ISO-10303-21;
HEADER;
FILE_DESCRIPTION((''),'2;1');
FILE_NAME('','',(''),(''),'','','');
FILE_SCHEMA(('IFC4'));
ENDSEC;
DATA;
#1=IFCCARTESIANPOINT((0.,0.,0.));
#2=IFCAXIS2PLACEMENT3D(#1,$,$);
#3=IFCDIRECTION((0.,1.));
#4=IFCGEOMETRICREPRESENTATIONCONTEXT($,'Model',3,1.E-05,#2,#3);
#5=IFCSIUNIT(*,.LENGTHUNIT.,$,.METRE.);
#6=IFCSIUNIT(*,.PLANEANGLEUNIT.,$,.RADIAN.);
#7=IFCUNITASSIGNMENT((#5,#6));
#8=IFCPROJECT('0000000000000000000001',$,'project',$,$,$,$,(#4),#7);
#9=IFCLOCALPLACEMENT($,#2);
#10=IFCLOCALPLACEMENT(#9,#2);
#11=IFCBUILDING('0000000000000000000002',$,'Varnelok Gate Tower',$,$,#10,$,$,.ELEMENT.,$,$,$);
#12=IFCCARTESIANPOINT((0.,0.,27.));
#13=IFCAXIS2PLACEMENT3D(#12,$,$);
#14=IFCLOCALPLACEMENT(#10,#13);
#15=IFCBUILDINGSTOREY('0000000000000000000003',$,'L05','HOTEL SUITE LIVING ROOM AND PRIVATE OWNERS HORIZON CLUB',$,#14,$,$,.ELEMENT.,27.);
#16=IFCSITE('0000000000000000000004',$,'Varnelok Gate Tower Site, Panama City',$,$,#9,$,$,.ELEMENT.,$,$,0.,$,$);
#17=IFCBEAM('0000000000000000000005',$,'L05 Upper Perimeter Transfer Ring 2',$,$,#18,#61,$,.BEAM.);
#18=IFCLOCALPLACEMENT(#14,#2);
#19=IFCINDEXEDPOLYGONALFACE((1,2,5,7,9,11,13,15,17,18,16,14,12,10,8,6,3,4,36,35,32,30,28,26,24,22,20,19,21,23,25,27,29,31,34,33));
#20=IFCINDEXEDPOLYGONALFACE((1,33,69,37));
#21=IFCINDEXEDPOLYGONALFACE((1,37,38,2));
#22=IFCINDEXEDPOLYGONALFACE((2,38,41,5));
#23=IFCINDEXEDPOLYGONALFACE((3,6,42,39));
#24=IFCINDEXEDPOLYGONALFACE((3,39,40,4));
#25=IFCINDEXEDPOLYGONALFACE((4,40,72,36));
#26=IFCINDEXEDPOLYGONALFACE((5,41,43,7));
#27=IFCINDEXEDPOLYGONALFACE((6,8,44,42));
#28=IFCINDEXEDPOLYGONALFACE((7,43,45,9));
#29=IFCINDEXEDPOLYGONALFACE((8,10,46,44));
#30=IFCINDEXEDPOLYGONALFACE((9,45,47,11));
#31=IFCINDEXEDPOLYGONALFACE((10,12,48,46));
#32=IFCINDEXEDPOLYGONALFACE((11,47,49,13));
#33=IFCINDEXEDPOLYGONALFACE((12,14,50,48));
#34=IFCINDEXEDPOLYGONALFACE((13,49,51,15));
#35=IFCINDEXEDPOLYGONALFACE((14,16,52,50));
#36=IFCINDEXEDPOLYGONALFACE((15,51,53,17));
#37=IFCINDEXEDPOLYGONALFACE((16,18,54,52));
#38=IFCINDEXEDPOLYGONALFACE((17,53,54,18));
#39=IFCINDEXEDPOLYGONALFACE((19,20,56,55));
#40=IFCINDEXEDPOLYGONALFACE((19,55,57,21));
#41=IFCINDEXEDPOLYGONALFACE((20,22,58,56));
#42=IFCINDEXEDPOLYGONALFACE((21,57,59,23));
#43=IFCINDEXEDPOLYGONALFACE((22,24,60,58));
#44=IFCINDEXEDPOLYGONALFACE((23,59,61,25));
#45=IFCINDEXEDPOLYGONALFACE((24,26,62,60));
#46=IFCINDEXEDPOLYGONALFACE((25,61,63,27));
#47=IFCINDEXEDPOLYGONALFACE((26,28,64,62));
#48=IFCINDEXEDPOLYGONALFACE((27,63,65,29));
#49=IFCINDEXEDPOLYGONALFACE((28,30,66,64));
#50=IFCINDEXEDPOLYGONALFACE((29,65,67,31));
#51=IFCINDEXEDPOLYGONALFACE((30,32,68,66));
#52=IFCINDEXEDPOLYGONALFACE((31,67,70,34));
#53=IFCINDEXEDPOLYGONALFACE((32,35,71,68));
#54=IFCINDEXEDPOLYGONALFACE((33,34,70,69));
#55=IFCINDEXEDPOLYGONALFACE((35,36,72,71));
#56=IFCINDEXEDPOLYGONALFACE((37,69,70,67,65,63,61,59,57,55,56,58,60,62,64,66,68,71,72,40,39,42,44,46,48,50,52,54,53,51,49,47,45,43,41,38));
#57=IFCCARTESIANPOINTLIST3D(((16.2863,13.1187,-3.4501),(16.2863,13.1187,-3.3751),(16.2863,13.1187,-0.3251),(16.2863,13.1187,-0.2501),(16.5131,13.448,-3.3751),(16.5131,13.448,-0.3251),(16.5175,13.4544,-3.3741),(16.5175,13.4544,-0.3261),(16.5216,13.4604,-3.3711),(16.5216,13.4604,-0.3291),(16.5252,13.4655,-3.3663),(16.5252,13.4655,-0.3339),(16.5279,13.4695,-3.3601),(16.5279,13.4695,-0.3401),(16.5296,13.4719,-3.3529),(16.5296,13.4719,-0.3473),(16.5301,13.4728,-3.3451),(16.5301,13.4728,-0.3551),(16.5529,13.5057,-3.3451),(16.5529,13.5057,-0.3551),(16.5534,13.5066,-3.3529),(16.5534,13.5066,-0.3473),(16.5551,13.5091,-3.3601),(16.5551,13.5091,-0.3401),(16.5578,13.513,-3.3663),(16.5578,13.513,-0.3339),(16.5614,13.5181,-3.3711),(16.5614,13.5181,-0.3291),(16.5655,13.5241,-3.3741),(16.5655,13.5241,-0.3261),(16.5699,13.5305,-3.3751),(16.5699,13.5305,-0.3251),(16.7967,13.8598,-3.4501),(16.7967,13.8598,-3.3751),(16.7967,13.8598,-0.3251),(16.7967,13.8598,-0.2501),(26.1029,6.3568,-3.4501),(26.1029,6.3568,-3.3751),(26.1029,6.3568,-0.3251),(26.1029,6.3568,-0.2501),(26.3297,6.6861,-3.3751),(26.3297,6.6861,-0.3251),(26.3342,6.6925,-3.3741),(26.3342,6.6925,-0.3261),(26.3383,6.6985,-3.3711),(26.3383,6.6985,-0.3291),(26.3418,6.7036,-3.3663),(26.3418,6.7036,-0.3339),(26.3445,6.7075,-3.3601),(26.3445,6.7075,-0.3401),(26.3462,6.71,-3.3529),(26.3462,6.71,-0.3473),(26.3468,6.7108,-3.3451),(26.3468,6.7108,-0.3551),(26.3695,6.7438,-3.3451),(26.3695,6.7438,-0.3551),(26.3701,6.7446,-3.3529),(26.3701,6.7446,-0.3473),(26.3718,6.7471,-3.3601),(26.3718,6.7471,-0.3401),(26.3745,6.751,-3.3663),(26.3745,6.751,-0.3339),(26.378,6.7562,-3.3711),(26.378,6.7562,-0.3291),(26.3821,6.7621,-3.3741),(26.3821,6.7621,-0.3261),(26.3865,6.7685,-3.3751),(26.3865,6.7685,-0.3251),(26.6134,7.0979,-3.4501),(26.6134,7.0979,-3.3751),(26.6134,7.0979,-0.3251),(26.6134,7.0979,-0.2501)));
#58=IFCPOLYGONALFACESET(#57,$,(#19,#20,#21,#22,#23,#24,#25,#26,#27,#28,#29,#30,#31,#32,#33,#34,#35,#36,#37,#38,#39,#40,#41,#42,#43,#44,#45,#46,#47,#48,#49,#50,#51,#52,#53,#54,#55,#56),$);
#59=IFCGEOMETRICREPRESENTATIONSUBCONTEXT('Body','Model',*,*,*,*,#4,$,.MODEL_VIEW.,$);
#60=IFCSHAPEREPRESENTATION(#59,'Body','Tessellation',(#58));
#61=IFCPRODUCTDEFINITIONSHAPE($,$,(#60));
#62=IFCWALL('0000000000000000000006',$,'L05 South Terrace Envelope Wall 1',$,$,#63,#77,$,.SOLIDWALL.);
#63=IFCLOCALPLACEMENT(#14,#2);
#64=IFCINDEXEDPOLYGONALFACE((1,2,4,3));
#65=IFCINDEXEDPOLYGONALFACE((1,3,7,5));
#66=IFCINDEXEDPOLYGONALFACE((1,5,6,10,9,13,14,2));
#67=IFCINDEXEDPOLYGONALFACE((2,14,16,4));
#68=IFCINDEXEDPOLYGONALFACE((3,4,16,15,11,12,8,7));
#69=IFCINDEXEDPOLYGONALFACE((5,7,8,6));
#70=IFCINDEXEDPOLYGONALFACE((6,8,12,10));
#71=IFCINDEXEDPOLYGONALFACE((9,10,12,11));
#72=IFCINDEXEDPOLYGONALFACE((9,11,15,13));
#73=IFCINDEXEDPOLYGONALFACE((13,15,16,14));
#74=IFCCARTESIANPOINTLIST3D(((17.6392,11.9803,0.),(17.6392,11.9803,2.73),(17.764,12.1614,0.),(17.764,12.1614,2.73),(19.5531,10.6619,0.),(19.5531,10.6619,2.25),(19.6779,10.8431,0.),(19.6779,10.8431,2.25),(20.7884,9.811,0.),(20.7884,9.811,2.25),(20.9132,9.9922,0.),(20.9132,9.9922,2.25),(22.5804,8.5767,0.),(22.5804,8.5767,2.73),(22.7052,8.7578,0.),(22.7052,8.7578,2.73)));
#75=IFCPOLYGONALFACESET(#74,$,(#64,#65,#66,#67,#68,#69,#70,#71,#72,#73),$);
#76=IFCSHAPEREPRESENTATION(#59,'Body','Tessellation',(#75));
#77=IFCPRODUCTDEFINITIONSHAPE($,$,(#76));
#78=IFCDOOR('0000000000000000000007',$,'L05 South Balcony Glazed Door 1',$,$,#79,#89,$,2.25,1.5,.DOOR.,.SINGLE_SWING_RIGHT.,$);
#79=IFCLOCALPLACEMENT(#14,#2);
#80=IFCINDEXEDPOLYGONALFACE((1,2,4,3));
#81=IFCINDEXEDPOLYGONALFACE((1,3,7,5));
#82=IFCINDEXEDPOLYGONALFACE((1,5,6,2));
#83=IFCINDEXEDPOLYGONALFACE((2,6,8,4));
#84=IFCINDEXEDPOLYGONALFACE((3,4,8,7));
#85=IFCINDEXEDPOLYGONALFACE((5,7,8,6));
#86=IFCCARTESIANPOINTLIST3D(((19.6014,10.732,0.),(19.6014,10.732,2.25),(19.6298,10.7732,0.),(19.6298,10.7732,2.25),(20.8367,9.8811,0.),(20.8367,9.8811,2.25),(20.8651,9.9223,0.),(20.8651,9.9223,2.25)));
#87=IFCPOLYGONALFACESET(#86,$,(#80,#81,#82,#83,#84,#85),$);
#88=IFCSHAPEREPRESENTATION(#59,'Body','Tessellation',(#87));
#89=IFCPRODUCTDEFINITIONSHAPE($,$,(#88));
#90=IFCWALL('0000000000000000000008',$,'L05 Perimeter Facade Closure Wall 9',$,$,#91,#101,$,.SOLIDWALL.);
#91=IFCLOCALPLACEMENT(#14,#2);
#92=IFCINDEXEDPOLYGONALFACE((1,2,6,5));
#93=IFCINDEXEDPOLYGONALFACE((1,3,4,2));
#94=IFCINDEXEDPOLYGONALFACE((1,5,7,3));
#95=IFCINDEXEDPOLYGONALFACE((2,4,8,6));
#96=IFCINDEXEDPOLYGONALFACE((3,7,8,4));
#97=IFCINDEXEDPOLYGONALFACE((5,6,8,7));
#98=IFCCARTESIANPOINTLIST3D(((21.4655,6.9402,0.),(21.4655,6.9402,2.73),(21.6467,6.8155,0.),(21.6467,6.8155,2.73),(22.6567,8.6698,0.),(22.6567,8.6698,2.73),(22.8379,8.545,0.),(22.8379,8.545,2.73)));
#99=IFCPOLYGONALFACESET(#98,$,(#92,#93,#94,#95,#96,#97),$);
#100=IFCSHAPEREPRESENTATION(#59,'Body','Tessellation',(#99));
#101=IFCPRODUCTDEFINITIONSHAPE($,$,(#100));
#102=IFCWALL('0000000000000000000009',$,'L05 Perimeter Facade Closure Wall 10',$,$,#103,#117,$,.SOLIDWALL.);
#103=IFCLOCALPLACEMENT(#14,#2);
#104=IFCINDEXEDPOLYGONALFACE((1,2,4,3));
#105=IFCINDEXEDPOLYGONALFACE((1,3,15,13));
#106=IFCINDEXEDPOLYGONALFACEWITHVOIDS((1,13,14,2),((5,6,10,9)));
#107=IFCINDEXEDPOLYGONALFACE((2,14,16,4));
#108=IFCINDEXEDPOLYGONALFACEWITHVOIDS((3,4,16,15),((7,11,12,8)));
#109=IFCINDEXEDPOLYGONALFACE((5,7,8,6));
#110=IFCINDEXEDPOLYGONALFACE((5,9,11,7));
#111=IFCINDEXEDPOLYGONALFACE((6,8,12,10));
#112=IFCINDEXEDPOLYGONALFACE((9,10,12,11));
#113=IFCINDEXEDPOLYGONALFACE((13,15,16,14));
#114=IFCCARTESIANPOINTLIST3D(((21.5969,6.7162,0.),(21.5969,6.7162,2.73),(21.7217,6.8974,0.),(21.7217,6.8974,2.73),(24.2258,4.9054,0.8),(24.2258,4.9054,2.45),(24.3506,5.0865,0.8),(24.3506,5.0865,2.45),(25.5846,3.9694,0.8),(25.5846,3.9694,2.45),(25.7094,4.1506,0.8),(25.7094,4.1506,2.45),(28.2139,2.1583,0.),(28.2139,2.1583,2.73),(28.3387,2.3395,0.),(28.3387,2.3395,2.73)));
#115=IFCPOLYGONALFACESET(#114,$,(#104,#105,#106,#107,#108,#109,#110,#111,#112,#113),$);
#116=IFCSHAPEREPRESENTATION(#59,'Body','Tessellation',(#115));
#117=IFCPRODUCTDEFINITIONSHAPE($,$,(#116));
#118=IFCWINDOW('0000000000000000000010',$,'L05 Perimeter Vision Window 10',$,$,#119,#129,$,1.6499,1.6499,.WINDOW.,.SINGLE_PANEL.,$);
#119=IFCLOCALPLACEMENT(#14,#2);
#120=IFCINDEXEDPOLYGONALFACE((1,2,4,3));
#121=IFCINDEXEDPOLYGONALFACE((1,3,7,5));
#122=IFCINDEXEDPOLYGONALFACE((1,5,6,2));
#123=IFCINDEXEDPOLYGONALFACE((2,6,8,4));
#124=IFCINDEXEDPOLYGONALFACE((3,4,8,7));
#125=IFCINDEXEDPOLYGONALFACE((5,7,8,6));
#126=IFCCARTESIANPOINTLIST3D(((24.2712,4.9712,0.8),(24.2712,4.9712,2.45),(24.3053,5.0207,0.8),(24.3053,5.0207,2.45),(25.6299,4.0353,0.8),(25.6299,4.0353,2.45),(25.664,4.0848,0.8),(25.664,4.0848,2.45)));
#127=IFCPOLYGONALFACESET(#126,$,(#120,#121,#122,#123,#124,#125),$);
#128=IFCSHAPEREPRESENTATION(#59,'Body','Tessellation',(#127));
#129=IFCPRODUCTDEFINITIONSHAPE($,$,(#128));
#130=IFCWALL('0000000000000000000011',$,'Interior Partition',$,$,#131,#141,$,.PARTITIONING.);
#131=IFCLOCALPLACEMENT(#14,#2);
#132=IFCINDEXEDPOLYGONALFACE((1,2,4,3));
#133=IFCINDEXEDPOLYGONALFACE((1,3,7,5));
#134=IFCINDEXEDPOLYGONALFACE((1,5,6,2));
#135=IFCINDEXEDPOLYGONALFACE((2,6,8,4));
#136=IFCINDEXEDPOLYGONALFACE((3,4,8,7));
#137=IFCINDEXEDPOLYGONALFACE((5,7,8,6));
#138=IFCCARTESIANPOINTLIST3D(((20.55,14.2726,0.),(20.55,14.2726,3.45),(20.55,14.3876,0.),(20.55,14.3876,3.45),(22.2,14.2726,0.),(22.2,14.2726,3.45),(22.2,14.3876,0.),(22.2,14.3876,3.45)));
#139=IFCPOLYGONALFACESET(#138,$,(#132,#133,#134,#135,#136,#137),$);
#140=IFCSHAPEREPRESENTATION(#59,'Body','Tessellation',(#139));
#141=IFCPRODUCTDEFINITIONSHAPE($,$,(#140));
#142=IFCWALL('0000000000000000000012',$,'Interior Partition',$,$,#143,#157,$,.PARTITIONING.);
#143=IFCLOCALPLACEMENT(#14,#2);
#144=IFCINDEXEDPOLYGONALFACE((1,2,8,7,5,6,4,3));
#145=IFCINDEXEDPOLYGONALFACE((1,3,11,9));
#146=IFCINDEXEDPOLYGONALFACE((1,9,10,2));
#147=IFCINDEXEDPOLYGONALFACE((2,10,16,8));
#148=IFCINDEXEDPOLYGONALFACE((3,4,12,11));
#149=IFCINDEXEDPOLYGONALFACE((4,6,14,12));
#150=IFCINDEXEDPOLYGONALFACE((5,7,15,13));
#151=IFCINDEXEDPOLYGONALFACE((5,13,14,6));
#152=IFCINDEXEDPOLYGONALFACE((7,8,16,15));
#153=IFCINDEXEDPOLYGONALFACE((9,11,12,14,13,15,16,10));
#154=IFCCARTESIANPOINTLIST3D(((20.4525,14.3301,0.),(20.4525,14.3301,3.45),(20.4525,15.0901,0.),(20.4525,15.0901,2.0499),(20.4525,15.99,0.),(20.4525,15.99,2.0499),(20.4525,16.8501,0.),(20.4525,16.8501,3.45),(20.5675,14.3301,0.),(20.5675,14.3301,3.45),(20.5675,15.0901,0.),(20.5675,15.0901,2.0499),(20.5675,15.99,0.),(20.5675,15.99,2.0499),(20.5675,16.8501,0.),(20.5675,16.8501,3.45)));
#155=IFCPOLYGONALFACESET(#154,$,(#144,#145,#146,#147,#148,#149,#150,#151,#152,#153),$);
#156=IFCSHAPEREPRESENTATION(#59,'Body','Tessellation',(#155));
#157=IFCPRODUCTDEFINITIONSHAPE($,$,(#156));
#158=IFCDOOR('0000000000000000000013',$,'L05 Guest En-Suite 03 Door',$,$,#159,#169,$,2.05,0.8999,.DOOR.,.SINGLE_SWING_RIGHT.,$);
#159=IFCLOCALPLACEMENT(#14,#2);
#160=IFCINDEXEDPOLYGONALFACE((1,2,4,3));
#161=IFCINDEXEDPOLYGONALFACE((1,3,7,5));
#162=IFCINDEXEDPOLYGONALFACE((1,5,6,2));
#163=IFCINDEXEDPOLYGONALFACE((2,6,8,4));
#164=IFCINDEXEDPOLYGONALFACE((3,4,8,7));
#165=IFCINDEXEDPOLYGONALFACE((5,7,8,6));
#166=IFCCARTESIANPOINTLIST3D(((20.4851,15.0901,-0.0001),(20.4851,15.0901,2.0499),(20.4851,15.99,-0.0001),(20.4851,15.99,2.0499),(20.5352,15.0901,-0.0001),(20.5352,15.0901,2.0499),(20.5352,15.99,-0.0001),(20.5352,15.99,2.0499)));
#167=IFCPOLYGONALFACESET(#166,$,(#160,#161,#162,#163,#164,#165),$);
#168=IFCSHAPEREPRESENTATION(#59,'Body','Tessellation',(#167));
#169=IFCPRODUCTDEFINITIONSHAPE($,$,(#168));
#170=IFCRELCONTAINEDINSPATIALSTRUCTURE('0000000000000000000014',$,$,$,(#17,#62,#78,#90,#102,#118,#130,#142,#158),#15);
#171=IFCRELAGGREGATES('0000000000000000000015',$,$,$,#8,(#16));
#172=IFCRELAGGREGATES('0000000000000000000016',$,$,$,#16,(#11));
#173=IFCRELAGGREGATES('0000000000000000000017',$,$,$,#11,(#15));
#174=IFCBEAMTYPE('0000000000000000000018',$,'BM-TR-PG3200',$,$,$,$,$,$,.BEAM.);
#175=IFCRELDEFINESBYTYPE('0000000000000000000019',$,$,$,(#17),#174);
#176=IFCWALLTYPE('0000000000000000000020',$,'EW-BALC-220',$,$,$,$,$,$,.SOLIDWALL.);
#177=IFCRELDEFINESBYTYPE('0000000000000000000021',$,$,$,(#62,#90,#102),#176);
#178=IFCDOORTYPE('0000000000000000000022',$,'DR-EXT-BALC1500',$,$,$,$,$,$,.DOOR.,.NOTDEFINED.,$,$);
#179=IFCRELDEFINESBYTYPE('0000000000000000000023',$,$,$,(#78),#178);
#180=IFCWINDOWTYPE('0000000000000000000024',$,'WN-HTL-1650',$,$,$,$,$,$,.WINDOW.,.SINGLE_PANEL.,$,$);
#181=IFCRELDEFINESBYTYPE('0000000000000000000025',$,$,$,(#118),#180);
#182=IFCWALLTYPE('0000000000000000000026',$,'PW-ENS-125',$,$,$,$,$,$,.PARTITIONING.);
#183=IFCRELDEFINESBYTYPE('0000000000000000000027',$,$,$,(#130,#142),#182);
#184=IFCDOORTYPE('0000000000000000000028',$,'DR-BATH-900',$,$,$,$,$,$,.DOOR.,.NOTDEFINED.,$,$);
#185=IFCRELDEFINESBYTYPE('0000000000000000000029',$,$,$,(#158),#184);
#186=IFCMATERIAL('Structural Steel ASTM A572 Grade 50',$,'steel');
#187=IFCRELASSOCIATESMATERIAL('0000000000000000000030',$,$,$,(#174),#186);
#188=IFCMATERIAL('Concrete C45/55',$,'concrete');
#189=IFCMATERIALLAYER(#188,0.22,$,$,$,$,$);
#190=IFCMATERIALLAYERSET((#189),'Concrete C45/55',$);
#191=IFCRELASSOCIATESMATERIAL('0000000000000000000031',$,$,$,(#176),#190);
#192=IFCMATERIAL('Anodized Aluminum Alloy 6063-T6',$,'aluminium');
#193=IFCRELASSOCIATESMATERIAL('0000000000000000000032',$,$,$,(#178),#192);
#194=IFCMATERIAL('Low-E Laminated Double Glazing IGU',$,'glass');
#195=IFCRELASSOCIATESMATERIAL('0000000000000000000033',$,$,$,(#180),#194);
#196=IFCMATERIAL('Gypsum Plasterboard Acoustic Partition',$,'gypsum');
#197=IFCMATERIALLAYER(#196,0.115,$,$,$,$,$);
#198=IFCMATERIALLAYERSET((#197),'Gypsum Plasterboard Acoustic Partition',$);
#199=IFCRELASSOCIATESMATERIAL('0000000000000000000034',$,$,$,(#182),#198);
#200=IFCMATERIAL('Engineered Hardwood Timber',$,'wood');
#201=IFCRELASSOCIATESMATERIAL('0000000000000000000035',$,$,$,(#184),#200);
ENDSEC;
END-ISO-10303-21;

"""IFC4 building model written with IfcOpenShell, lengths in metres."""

from ifc_helpers import new_model, si_unit, direction, frame, frame_2d, origin, origin_2d, place, context, subcontext, project, spatial, rectangle, i_section, extrude, material, layer, layer_set, material_profile, profile_set, type_object, element, fill, save


model = new_model("IFC4")

# Units and contexts
model_context = context("Model", 3, precision=1e-05, world=origin(), true_north=direction((0.0, 1.0)))
body_context = subcontext(model_context, "Body", "Model", "MODEL_VIEW")
ifc_project = project(units=[si_unit("LENGTHUNIT", "METRE"), si_unit("PLANEANGLEUNIT", "RADIAN")], contexts=[model_context])

# Site, building, storey
site_placement = place(None, origin())
site = spatial("IfcSite", under=ifc_project, at=site_placement, Name="Varnelok Gate Tower Site, Panama City", CompositionType="ELEMENT", RefElevation=0.0)
building_placement = place(site_placement, origin())
building = spatial("IfcBuilding", under=site, at=building_placement, Name="Varnelok Gate Tower", CompositionType="ELEMENT")
storey_placement = place(building_placement, frame((0.0, 0.0, 27.0)))
storey = spatial("IfcBuildingStorey", under=building, at=storey_placement, Name="L05", Description="HOTEL SUITE LIVING ROOM AND PRIVATE OWNERS HORIZON CLUB", CompositionType="ELEMENT", Elevation=27.0)

# Beam
ifc_material_1 = material(Name="Structural Steel ASTM A572 Grade 50", Category="steel")
ifc_material_profile_1 = material_profile(ifc_material_1, i_section(OverallWidth=0.8999, OverallDepth=3.2, WebThickness=0.04, FlangeThickness=0.075, FilletRadius=0.03, at=origin_2d()), Name="PG3200X900")
ifc_profile_set_1 = profile_set([ifc_material_profile_1], Name="Structural Steel ASTM A572 Grade 50")
beam_type = type_object("IfcBeamType", Name="BM-TR-PG3200", PredefinedType="BEAM", material=ifc_profile_set_1)
beam_1_placement = place(storey_placement, frame((16.5415, 13.4893, -1.8501), z_axis=(0.823532, -0.56727, 0.0), x_axis=(0.56727, 0.823532, 0.0)))
element("IfcBeam", 1, at=beam_1_placement, inside=storey, type_object=beam_type, Name="L05 Upper Perimeter Transfer Ring 2", PredefinedType="BEAM", context=body_context, shape_type="SweptSolid", body=[
    extrude(i_section(OverallWidth=0.8999, OverallDepth=3.2, WebThickness=0.04, FlangeThickness=0.075, FilletRadius=0.03, at=origin_2d()), origin(), (0.0, 0.0, 1.0), 11.9202),
])

# Wall, opening, door
ifc_material_2 = material(Name="Concrete C45/55", Category="concrete")
ifc_layer_1 = layer(ifc_material_2, 0.22)
ifc_layer_set_1 = layer_set([ifc_layer_1], Name="Concrete C45/55")
wall_type_1 = type_object("IfcWallType", Name="EW-BALC-220", PredefinedType="SOLIDWALL", material=ifc_layer_set_1)
wall_1_placement = place(storey_placement, frame((22.6428, 8.6672, 0.0), z_axis=(0.0, 0.0, 1.0), x_axis=(-0.823535, 0.567266, 0.0)))
wall_1 = element("IfcWall", 2, at=wall_1_placement, inside=storey, type_object=wall_type_1, Name="L05 South Terrace Envelope Wall 1", PredefinedType="SOLIDWALL", context=body_context, shape_type="SweptSolid", body=[
    extrude(rectangle(XDim=6.0, YDim=0.22, at=frame_2d((3.0, 0.0))), origin(), (0.0, 0.0, 1.0), 2.73),
])
opening_1_placement = place(wall_1_placement, frame((2.176, 0.0, 0.0)))
opening_1 = element("IfcOpeningElement", 3, at=opening_1_placement, cuts=wall_1, PredefinedType="OPENING", context=body_context, shape_type="SweptSolid", body=[
    extrude(rectangle(XDim=1.5, YDim=2.25, at=frame_2d((0.75, 1.125))), frame((0.0, 0.1199, 0.0), z_axis=(0.0, -1.0, 0.0), x_axis=(1.0, 0.0, 0.0)), (0.0, 0.0, 1.0), 0.24),
])
ifc_material_3 = material(Name="Anodized Aluminum Alloy 6063-T6", Category="aluminium")
door_type_1 = type_object("IfcDoorType", Name="DR-EXT-BALC1500", OperationType="NOTDEFINED", PredefinedType="DOOR", material=ifc_material_3)
door_1_placement = place(opening_1_placement, origin())
door_1 = element("IfcDoor", 4, at=door_1_placement, inside=storey, type_object=door_type_1, Name="L05 South Balcony Glazed Door 1", OperationType="SINGLE_SWING_RIGHT", OverallHeight=2.25, OverallWidth=1.5, PredefinedType="DOOR", context=body_context, shape_type="SweptSolid", body=[
    extrude(rectangle(XDim=1.5, YDim=2.25, at=frame_2d((0.75, 1.125))), frame((0.0, 0.0249, 0.0), z_axis=(0.0, -1.0, 0.0), x_axis=(1.0, 0.0, 0.0)), (0.0, 0.0, 1.0), 0.05),
])
fill(opening_1, door_1)

# Wall
wall_2_placement = place(storey_placement, frame((22.7473, 8.6074, 0.0), z_axis=(0.0, 0.0, 1.0), x_axis=(-0.567219, -0.823567, 0.0)))
element("IfcWall", 5, at=wall_2_placement, inside=storey, type_object=wall_type_1, Name="L05 Perimeter Facade Closure Wall 9", PredefinedType="SOLIDWALL", context=body_context, shape_type="SweptSolid", body=[
    extrude(rectangle(XDim=2.1001, YDim=0.22, at=frame_2d((1.05, 0.0))), origin(), (0.0, 0.0, 1.0), 2.73),
])

# Wall, opening, window
wall_3_placement = place(storey_placement, frame((21.6592, 6.8069, 0.0), z_axis=(0.0, 0.0, 1.0), x_axis=(0.823535, -0.567265, 0.0)))
wall_3 = element("IfcWall", 6, at=wall_3_placement, inside=storey, type_object=wall_type_1, Name="L05 Perimeter Facade Closure Wall 10", PredefinedType="SOLIDWALL", context=body_context, shape_type="SweptSolid", body=[
    extrude(rectangle(XDim=8.0349, YDim=0.22, at=frame_2d((4.0176, 0.0))), origin(), (0.0, 0.0, 1.0), 2.73),
])
opening_2_placement = place(wall_3_placement, frame((3.1924, 0.0, 0.8)))
opening_2 = element("IfcOpeningElement", 7, at=opening_2_placement, cuts=wall_3, PredefinedType="OPENING", context=body_context, shape_type="SweptSolid", body=[
    extrude(rectangle(XDim=1.6499, YDim=1.6499, at=frame_2d((0.825, 0.825))), frame((0.0, 0.1199, 0.0), z_axis=(0.0, -1.0, 0.0), x_axis=(1.0, 0.0, 0.0)), (0.0, 0.0, 1.0), 0.24),
])
ifc_material_4 = material(Name="Low-E Laminated Double Glazing IGU", Category="glass")
window_type = type_object("IfcWindowType", Name="WN-HTL-1650", PartitioningType="SINGLE_PANEL", PredefinedType="WINDOW", material=ifc_material_4)
window_placement = place(opening_2_placement, origin())
window = element("IfcWindow", 8, at=window_placement, inside=storey, type_object=window_type, Name="L05 Perimeter Vision Window 10", OverallHeight=1.6499, OverallWidth=1.6499, PartitioningType="SINGLE_PANEL", PredefinedType="WINDOW", context=body_context, shape_type="SweptSolid", body=[
    extrude(rectangle(XDim=1.6499, YDim=1.6499, at=frame_2d((0.825, 0.825))), frame((0.0, 0.03, 0.0), z_axis=(0.0, -1.0, 0.0), x_axis=(1.0, 0.0, 0.0)), (0.0, 0.0, 1.0), 0.0601),
])
fill(opening_2, window)

# Shared definitions
ifc_material_5 = material(Name="Gypsum Plasterboard Acoustic Partition", Category="gypsum")
ifc_material_6 = material(Name="Engineered Hardwood Timber", Category="wood")

# Wall
ifc_layer_2 = layer(ifc_material_5, 0.115)
ifc_layer_set_2 = layer_set([ifc_layer_2], Name="Gypsum Plasterboard Acoustic Partition")
wall_type_2 = type_object("IfcWallType", Name="PW-ENS-125", PredefinedType="PARTITIONING", material=ifc_layer_set_2)
wall_4_placement = place(storey_placement, frame((20.55, 14.3301, 0.0), z_axis=(0.0, 0.0, 1.0), x_axis=(1.0, 0.0, 0.0)))
element("IfcWall", 9, at=wall_4_placement, inside=storey, type_object=wall_type_2, Name="Interior Partition", PredefinedType="PARTITIONING", context=body_context, shape_type="SweptSolid", body=[
    extrude(rectangle(XDim=1.6499, YDim=0.115, at=frame_2d((0.825, 0.0))), origin(), (0.0, 0.0, 1.0), 3.45),
])

# Wall, opening, door
wall_5_placement = place(storey_placement, frame((20.51, 14.3301, 0.0), z_axis=(0.0, 0.0, 1.0), x_axis=(0.0, 1.0, 0.0)))
wall_5 = element("IfcWall", 10, at=wall_5_placement, inside=storey, type_object=wall_type_2, Name="Interior Partition", PredefinedType="PARTITIONING", context=body_context, shape_type="SweptSolid", body=[
    extrude(rectangle(XDim=2.52, YDim=0.115, at=frame_2d((1.26, 0.0))), origin(), (0.0, 0.0, 1.0), 3.45),
])
opening_3_placement = place(wall_5_placement, frame((0.76, 0.0, 0.0)))
opening_3 = element("IfcOpeningElement", 11, at=opening_3_placement, cuts=wall_5, PredefinedType="OPENING", context=body_context, shape_type="SweptSolid", body=[
    extrude(rectangle(XDim=0.8999, YDim=2.05, at=frame_2d((0.45, 1.0249))), frame((0.0, 0.0674, 0.0), z_axis=(0.0, -1.0, 0.0), x_axis=(1.0, 0.0, 0.0)), (0.0, 0.0, 1.0), 0.135),
])
door_type_2 = type_object("IfcDoorType", Name="DR-BATH-900", OperationType="NOTDEFINED", PredefinedType="DOOR", material=ifc_material_6)
door_2_placement = place(opening_3_placement, origin())
door_2 = element("IfcDoor", 12, at=door_2_placement, inside=storey, type_object=door_type_2, Name="L05 Guest En-Suite 03 Door", OperationType="SINGLE_SWING_RIGHT", OverallHeight=2.05, OverallWidth=0.8999, PredefinedType="DOOR", context=body_context, shape_type="SweptSolid", body=[
    extrude(rectangle(XDim=0.8999, YDim=2.05, at=frame_2d((0.45, 1.0249))), frame((0.0, 0.0249, 0.0), z_axis=(0.0, -1.0, 0.0), x_axis=(1.0, 0.0, 0.0)), (0.0, 0.0, 1.0), 0.05),
])
fill(opening_3, door_2)

save(model, "model.ifc")
